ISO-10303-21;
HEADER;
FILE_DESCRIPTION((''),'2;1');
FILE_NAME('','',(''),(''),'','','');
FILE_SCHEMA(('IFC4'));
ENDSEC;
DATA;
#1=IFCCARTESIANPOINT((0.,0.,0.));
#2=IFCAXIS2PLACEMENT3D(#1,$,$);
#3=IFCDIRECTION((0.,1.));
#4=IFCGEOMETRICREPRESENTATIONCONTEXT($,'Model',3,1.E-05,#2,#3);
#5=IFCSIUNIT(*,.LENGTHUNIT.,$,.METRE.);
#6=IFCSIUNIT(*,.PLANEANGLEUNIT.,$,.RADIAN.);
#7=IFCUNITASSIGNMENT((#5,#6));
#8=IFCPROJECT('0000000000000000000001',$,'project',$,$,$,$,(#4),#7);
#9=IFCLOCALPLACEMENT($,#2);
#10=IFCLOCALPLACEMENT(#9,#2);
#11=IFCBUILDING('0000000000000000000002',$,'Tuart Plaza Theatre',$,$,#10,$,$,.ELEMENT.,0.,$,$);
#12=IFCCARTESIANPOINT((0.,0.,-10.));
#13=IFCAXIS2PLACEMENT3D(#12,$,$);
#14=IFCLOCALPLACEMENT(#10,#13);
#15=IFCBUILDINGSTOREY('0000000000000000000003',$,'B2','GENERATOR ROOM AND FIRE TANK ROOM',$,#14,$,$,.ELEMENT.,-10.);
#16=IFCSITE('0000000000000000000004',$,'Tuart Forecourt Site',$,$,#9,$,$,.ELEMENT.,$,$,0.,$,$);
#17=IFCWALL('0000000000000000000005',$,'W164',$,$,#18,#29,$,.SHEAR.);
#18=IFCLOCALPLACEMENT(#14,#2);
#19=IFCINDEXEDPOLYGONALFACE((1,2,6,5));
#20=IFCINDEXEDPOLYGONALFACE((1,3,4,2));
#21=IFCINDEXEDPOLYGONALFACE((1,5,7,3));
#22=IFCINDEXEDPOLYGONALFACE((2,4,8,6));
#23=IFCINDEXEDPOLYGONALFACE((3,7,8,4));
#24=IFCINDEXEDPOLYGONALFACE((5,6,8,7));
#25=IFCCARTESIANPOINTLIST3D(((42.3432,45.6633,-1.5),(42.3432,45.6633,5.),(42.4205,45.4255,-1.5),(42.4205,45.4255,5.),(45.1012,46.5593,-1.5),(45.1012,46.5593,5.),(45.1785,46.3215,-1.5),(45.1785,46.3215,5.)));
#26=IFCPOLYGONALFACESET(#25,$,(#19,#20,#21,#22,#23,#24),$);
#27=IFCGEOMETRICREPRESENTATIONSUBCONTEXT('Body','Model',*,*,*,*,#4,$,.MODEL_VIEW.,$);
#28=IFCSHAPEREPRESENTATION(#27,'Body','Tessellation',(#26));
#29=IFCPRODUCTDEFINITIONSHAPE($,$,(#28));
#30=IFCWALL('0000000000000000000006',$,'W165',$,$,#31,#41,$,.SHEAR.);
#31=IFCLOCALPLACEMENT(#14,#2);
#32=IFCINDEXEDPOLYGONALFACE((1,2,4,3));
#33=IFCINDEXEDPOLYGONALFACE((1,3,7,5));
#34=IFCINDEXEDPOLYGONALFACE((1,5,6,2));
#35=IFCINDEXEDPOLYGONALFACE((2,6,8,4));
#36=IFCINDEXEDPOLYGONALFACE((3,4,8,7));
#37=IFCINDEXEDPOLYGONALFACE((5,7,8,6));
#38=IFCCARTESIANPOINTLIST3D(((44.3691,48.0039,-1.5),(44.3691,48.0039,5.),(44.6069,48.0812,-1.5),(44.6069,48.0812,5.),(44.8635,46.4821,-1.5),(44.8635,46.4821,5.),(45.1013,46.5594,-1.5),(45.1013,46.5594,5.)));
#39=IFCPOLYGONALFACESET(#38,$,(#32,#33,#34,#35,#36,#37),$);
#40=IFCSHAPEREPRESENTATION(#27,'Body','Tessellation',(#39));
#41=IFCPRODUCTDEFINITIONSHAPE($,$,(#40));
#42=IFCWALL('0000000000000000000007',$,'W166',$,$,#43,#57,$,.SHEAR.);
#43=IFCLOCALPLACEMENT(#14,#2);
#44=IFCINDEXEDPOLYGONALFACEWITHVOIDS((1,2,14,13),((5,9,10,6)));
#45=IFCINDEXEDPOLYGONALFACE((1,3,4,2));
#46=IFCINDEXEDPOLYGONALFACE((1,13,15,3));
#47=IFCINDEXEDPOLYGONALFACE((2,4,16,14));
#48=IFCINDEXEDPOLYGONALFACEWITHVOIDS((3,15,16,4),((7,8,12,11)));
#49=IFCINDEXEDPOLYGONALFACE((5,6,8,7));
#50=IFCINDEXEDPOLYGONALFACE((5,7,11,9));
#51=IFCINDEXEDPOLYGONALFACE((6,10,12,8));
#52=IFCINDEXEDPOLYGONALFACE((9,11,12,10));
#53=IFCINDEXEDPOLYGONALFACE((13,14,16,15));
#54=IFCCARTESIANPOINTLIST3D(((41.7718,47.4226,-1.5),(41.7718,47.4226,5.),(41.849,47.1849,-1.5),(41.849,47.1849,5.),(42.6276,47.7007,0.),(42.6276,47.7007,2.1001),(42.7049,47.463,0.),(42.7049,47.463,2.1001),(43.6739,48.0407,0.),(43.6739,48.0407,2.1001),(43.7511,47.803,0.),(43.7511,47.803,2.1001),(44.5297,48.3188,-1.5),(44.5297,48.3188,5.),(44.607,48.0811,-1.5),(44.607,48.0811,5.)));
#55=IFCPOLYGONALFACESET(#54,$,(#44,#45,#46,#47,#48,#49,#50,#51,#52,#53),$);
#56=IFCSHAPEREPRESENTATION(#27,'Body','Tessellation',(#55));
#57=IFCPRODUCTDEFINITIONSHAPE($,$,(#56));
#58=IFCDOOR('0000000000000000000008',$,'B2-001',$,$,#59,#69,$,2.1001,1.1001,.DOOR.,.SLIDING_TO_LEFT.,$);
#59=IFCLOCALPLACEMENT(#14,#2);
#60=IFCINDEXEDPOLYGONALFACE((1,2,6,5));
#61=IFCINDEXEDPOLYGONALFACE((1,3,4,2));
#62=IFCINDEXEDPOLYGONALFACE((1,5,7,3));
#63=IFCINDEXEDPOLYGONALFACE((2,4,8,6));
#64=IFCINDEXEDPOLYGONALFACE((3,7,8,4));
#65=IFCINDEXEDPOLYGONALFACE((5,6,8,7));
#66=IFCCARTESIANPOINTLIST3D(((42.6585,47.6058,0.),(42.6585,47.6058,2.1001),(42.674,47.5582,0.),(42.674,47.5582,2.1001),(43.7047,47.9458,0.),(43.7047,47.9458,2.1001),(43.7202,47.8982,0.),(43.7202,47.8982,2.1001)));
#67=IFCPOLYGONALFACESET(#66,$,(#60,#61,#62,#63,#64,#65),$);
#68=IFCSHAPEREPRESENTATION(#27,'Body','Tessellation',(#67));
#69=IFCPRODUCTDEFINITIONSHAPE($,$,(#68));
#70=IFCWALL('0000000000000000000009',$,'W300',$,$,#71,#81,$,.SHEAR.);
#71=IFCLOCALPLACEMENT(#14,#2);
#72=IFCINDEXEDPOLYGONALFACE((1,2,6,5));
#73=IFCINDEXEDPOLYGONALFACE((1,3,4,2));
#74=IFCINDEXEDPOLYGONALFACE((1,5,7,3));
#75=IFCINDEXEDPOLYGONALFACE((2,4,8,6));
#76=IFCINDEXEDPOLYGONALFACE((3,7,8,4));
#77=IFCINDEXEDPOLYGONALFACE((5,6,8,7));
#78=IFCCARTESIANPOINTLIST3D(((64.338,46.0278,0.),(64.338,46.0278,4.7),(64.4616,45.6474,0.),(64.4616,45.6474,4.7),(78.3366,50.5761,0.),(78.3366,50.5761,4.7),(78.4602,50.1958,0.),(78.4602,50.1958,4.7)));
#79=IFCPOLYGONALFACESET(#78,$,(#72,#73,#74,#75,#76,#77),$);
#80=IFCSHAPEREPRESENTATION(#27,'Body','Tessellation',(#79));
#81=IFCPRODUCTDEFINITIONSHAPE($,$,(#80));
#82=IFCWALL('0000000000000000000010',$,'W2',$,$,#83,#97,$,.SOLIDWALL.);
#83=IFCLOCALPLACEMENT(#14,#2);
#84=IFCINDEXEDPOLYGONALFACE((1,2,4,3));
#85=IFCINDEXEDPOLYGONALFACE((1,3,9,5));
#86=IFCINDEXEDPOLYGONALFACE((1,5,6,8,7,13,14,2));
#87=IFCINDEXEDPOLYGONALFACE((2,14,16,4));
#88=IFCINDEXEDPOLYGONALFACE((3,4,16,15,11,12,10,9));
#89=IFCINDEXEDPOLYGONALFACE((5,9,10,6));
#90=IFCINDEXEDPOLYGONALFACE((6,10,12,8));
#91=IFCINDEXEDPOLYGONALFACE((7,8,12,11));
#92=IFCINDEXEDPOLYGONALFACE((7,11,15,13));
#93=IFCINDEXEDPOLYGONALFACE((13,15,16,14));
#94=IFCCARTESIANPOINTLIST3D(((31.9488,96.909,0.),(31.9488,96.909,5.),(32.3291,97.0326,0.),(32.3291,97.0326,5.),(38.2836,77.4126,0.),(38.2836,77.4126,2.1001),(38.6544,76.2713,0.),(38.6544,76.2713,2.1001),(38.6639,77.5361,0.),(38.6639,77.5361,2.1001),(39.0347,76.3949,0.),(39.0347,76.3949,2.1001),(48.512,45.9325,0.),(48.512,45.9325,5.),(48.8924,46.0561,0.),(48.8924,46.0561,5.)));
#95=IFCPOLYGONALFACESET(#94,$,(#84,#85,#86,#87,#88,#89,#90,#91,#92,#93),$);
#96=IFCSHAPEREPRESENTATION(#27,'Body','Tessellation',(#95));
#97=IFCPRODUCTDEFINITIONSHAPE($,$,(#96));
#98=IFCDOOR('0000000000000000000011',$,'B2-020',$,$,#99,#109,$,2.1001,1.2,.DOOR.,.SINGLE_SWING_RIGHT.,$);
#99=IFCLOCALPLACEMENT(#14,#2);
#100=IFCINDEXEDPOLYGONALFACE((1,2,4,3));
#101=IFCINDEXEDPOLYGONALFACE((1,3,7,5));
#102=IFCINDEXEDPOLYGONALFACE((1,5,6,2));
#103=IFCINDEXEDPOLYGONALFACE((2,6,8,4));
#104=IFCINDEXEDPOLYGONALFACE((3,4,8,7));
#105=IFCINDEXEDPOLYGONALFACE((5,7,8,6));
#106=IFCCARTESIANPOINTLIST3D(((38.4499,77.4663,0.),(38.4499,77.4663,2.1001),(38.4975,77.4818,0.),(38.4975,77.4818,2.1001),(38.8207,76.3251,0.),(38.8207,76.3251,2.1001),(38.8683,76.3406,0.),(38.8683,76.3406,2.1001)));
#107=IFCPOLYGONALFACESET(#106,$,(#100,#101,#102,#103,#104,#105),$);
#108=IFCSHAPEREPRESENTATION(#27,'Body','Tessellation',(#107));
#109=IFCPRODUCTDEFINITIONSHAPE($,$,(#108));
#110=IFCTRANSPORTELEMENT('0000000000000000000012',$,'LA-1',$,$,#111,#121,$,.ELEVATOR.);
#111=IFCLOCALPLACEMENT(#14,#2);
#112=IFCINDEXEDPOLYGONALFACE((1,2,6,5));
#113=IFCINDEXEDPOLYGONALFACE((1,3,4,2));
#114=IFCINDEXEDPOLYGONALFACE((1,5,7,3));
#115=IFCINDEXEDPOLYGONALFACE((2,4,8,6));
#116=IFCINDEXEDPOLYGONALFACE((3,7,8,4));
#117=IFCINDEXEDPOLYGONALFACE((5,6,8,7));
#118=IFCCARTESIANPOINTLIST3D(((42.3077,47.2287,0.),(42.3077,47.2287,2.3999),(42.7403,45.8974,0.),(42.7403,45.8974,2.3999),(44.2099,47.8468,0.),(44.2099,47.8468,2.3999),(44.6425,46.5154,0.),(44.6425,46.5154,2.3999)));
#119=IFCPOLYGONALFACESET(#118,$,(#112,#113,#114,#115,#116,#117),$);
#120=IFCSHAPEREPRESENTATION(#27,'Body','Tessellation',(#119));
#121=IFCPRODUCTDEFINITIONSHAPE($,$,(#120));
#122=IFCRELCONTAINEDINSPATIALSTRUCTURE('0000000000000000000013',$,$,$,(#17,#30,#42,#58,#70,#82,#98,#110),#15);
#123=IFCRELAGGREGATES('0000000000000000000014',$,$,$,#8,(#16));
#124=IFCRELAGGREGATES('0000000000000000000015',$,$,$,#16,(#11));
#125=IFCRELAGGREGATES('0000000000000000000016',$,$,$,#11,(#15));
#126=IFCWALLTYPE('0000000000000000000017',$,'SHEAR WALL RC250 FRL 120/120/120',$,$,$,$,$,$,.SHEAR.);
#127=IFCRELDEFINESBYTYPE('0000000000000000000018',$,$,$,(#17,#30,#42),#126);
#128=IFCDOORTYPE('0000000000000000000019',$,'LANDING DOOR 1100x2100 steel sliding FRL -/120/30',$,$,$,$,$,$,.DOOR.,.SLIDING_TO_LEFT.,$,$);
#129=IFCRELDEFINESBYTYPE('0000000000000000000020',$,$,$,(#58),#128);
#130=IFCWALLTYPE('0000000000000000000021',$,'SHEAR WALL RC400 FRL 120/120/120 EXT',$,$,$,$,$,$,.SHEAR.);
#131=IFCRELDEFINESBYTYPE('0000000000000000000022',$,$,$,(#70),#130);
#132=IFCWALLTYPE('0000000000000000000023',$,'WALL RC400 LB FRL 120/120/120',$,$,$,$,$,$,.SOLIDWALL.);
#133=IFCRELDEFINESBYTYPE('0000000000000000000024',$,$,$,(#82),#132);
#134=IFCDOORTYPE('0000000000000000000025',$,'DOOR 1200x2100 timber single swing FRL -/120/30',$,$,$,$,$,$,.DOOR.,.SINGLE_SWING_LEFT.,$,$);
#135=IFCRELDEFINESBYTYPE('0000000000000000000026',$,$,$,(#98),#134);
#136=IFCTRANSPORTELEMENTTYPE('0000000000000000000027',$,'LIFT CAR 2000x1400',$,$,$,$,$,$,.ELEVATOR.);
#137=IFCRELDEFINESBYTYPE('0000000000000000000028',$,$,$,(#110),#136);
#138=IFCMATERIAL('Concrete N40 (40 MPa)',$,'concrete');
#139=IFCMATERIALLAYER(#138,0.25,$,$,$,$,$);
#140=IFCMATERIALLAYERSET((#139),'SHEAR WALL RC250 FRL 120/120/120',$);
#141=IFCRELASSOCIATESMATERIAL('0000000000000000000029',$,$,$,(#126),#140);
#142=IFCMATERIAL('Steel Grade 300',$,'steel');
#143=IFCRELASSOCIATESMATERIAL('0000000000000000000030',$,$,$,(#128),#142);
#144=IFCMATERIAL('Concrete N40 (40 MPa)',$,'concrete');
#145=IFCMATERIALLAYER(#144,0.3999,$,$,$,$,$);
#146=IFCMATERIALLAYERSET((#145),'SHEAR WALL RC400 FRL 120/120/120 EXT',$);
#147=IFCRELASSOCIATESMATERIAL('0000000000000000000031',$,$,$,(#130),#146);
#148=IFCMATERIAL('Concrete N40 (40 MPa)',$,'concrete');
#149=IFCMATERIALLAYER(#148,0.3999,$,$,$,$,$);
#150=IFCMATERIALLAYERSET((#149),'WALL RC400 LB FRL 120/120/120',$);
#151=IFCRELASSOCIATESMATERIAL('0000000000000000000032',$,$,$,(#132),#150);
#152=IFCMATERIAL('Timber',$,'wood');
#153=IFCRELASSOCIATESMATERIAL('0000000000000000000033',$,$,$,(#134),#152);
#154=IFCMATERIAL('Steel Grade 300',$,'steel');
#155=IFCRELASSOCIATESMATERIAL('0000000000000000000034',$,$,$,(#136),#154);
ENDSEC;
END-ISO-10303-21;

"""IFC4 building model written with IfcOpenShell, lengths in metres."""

from ifc_helpers import new_model, si_unit, direction, frame, frame_2d, origin, origin_2d, place, context, subcontext, project, spatial, rectangle, extrude, material, layer, layer_set, type_object, element, fill, save


model = new_model("IFC4")

# Units and contexts
model_context = context("Model", 3, precision=1e-05, world=origin(), true_north=direction((0.0, 1.0)))
body_context = subcontext(model_context, "Body", "Model", "MODEL_VIEW")
ifc_project = project(units=[si_unit("LENGTHUNIT", "METRE"), si_unit("PLANEANGLEUNIT", "RADIAN")], contexts=[model_context])

# Site, building, storey
site_placement = place(None, origin())
site = spatial("IfcSite", under=ifc_project, at=site_placement, Name="Tuart Forecourt Site", CompositionType="ELEMENT", RefElevation=0.0)
building_placement = place(site_placement, origin())
building = spatial("IfcBuilding", under=site, at=building_placement, Name="Tuart Plaza Theatre", CompositionType="ELEMENT", ElevationOfRefHeight=0.0)
storey_placement = place(building_placement, frame((0.0, 0.0, -10.0)))
storey = spatial("IfcBuildingStorey", under=building, at=storey_placement, Name="B2", Description="GENERATOR ROOM AND FIRE TANK ROOM", CompositionType="ELEMENT", Elevation=-10.0)

# Walls
ifc_material_1 = material(Name="Concrete N40 (40 MPa)", Category="concrete")
ifc_layer_1 = layer(ifc_material_1, 0.25)
ifc_layer_set_1 = layer_set([ifc_layer_1], Name="SHEAR WALL RC250 FRL 120/120/120")
wall_type_1 = type_object("IfcWallType", Name="SHEAR WALL RC250 FRL 120/120/120", PredefinedType="SHEAR", material=ifc_layer_set_1)
wall_1_placement = place(storey_placement, frame((42.3818, 45.5444, -1.5), z_axis=(0.0, 0.0, 1.0), x_axis=(0.951072, 0.30897, 0.0)))
element("IfcWall", 1, at=wall_1_placement, inside=storey, type_object=wall_type_1, Name="W164", PredefinedType="SHEAR", context=body_context, shape_type="SweptSolid", body=[
    extrude(rectangle(XDim=2.8999, YDim=0.25, at=frame_2d((1.45, 0.0))), origin(), (0.0, 0.0, 1.0), 6.5),
])
wall_2_placement = place(storey_placement, frame((44.9824, 46.5208, -1.5), z_axis=(0.0, 0.0, 1.0), x_axis=(-0.308986, 0.951067, 0.0)))
element("IfcWall", 2, at=wall_2_placement, inside=storey, type_object=wall_type_1, Name="W165", PredefinedType="SHEAR", context=body_context, shape_type="SweptSolid", body=[
    extrude(rectangle(XDim=1.6001, YDim=0.25, at=frame_2d((0.8, 0.0))), origin(), (0.0, 0.0, 1.0), 6.5),
])

# Wall, opening, door
wall_3_placement = place(storey_placement, frame((44.5684, 48.2, -1.5), z_axis=(0.0, 0.0, 1.0), x_axis=(-0.951047, -0.309046, 0.0)))
wall_3 = element("IfcWall", 3, at=wall_3_placement, inside=storey, type_object=wall_type_1, Name="W166", PredefinedType="SHEAR", context=body_context, shape_type="SweptSolid", body=[
    extrude(rectangle(XDim=2.8999, YDim=0.25, at=frame_2d((1.45, 0.0))), origin(), (0.0, 0.0, 1.0), 6.5),
])
opening_1_placement = place(wall_3_placement, frame((0.8999, 0.0, 1.5)))
opening_1 = element("IfcOpeningElement", 4, at=opening_1_placement, cuts=wall_3, PredefinedType="OPENING", context=body_context, shape_type="SweptSolid", body=[
    extrude(rectangle(XDim=1.1001, YDim=2.1001, at=frame_2d((0.55, 1.05))), frame((0.0, 0.135, 0.0), z_axis=(0.0, -1.0, 0.0), x_axis=(1.0, 0.0, 0.0)), (0.0, 0.0, 1.0), 0.27),
])
ifc_material_2 = material(Name="Steel Grade 300", Category="steel")
door_type_1 = type_object("IfcDoorType", Name="LANDING DOOR 1100x2100 steel sliding FRL -/120/30", OperationType="SLIDING_TO_LEFT", PredefinedType="DOOR", material=ifc_material_2)
door_1_placement = place(opening_1_placement, origin())
door_1 = element("IfcDoor", 5, at=door_1_placement, inside=storey, type_object=door_type_1, Name="B2-001", OperationType="SLIDING_TO_LEFT", OverallHeight=2.1001, OverallWidth=1.1001, PredefinedType="DOOR", context=body_context, shape_type="SweptSolid", body=[
    extrude(rectangle(XDim=1.1001, YDim=2.1001, at=frame_2d((0.55, 1.05))), frame((0.0, 0.0249, 0.0), z_axis=(0.0, -1.0, 0.0), x_axis=(1.0, 0.0, 0.0)), (0.0, 0.0, 1.0), 0.05),
])
fill(opening_1, door_1)

# Wall
ifc_material_3 = material(Name="Concrete N40 (40 MPa)", Category="concrete")
ifc_layer_2 = layer(ifc_material_3, 0.3999)
ifc_layer_set_2 = layer_set([ifc_layer_2], Name="SHEAR WALL RC400 FRL 120/120/120 EXT")
wall_type_2 = type_object("IfcWallType", Name="SHEAR WALL RC400 FRL 120/120/120 EXT", PredefinedType="SHEAR", material=ifc_layer_set_2)
wall_4_placement = place(storey_placement, frame((64.3999, 45.8376, 0.0), z_axis=(0.0, 0.0, 1.0), x_axis=(0.951058, 0.309013, 0.0)))
element("IfcWall", 6, at=wall_4_placement, inside=storey, type_object=wall_type_2, Name="W300", PredefinedType="SHEAR", context=body_context, shape_type="SweptSolid", body=[
    extrude(rectangle(XDim=14.719, YDim=0.3999, at=frame_2d((7.3594, 0.0))), origin(), (0.0, 0.0, 1.0), 4.7),
])

# Wall, opening, door
ifc_material_4 = material(Name="Concrete N40 (40 MPa)", Category="concrete")
ifc_layer_3 = layer(ifc_material_4, 0.3999)
ifc_layer_set_3 = layer_set([ifc_layer_3], Name="WALL RC400 LB FRL 120/120/120")
wall_type_3 = type_object("IfcWallType", Name="WALL RC400 LB FRL 120/120/120", PredefinedType="SOLIDWALL", material=ifc_layer_set_3)
wall_5_placement = place(storey_placement, frame((48.7021, 45.9944, 0.0), z_axis=(0.0, 0.0, 1.0), x_axis=(-0.309016, 0.951057, 0.0)))
wall_5 = element("IfcWall", 7, at=wall_5_placement, inside=storey, type_object=wall_type_3, Name="W2", PredefinedType="SOLIDWALL", context=body_context, shape_type="SweptSolid", body=[
    extrude(rectangle(XDim=53.5999, YDim=0.3999, at=frame_2d((26.7998, 0.0))), origin(), (0.0, 0.0, 1.0), 5.0),
])
opening_2_placement = place(wall_5_placement, frame((31.8999, 0.0, 0.0)))
opening_2 = element("IfcOpeningElement", 8, at=opening_2_placement, cuts=wall_5, PredefinedType="OPENING", context=body_context, shape_type="SweptSolid", body=[
    extrude(rectangle(XDim=1.2, YDim=2.1001, at=frame_2d((0.6001, 1.05))), frame((0.0, 0.21, 0.0), z_axis=(0.0, -1.0, 0.0), x_axis=(1.0, 0.0, 0.0)), (0.0, 0.0, 1.0), 0.4199),
])
ifc_material_5 = material(Name="Timber", Category="wood")
door_type_2 = type_object("IfcDoorType", Name="DOOR 1200x2100 timber single swing FRL -/120/30", OperationType="SINGLE_SWING_LEFT", PredefinedType="DOOR", material=ifc_material_5)
door_2_placement = place(opening_2_placement, frame((1.2, 0.0, 0.0), z_axis=(0.0, 0.0, 1.0), x_axis=(-1.0, 0.0, 0.0)))
door_2 = element("IfcDoor", 9, at=door_2_placement, inside=storey, type_object=door_type_2, Name="B2-020", OperationType="SINGLE_SWING_RIGHT", OverallHeight=2.1001, OverallWidth=1.2, PredefinedType="DOOR", context=body_context, shape_type="SweptSolid", body=[
    extrude(rectangle(XDim=1.2, YDim=2.1001, at=frame_2d((0.6001, 1.05))), frame((0.0, 0.0249, 0.0), z_axis=(0.0, -1.0, 0.0), x_axis=(1.0, 0.0, 0.0)), (0.0, 0.0, 1.0), 0.05),
])
fill(opening_2, door_2)

# Transport element
ifc_material_6 = material(Name="Steel Grade 300", Category="steel")
transport_element_type = type_object("IfcTransportElementType", Name="LIFT CAR 2000x1400", PredefinedType="ELEVATOR", material=ifc_material_6)
transport_element_placement = place(storey_placement, frame((43.4751, 46.8721, 0.0), z_axis=(0.0, 0.0, 1.0), x_axis=(0.951057, 0.309017, 0.0)))
element("IfcTransportElement", 10, at=transport_element_placement, inside=storey, type_object=transport_element_type, Name="LA-1", PredefinedType="ELEVATOR", context=body_context, shape_type="SweptSolid", body=[
    extrude(rectangle(XDim=2.0, YDim=1.3999, at=origin_2d()), origin(), (0.0, 0.0, 1.0), 2.3999),
])

save(model, "model.ifc")
